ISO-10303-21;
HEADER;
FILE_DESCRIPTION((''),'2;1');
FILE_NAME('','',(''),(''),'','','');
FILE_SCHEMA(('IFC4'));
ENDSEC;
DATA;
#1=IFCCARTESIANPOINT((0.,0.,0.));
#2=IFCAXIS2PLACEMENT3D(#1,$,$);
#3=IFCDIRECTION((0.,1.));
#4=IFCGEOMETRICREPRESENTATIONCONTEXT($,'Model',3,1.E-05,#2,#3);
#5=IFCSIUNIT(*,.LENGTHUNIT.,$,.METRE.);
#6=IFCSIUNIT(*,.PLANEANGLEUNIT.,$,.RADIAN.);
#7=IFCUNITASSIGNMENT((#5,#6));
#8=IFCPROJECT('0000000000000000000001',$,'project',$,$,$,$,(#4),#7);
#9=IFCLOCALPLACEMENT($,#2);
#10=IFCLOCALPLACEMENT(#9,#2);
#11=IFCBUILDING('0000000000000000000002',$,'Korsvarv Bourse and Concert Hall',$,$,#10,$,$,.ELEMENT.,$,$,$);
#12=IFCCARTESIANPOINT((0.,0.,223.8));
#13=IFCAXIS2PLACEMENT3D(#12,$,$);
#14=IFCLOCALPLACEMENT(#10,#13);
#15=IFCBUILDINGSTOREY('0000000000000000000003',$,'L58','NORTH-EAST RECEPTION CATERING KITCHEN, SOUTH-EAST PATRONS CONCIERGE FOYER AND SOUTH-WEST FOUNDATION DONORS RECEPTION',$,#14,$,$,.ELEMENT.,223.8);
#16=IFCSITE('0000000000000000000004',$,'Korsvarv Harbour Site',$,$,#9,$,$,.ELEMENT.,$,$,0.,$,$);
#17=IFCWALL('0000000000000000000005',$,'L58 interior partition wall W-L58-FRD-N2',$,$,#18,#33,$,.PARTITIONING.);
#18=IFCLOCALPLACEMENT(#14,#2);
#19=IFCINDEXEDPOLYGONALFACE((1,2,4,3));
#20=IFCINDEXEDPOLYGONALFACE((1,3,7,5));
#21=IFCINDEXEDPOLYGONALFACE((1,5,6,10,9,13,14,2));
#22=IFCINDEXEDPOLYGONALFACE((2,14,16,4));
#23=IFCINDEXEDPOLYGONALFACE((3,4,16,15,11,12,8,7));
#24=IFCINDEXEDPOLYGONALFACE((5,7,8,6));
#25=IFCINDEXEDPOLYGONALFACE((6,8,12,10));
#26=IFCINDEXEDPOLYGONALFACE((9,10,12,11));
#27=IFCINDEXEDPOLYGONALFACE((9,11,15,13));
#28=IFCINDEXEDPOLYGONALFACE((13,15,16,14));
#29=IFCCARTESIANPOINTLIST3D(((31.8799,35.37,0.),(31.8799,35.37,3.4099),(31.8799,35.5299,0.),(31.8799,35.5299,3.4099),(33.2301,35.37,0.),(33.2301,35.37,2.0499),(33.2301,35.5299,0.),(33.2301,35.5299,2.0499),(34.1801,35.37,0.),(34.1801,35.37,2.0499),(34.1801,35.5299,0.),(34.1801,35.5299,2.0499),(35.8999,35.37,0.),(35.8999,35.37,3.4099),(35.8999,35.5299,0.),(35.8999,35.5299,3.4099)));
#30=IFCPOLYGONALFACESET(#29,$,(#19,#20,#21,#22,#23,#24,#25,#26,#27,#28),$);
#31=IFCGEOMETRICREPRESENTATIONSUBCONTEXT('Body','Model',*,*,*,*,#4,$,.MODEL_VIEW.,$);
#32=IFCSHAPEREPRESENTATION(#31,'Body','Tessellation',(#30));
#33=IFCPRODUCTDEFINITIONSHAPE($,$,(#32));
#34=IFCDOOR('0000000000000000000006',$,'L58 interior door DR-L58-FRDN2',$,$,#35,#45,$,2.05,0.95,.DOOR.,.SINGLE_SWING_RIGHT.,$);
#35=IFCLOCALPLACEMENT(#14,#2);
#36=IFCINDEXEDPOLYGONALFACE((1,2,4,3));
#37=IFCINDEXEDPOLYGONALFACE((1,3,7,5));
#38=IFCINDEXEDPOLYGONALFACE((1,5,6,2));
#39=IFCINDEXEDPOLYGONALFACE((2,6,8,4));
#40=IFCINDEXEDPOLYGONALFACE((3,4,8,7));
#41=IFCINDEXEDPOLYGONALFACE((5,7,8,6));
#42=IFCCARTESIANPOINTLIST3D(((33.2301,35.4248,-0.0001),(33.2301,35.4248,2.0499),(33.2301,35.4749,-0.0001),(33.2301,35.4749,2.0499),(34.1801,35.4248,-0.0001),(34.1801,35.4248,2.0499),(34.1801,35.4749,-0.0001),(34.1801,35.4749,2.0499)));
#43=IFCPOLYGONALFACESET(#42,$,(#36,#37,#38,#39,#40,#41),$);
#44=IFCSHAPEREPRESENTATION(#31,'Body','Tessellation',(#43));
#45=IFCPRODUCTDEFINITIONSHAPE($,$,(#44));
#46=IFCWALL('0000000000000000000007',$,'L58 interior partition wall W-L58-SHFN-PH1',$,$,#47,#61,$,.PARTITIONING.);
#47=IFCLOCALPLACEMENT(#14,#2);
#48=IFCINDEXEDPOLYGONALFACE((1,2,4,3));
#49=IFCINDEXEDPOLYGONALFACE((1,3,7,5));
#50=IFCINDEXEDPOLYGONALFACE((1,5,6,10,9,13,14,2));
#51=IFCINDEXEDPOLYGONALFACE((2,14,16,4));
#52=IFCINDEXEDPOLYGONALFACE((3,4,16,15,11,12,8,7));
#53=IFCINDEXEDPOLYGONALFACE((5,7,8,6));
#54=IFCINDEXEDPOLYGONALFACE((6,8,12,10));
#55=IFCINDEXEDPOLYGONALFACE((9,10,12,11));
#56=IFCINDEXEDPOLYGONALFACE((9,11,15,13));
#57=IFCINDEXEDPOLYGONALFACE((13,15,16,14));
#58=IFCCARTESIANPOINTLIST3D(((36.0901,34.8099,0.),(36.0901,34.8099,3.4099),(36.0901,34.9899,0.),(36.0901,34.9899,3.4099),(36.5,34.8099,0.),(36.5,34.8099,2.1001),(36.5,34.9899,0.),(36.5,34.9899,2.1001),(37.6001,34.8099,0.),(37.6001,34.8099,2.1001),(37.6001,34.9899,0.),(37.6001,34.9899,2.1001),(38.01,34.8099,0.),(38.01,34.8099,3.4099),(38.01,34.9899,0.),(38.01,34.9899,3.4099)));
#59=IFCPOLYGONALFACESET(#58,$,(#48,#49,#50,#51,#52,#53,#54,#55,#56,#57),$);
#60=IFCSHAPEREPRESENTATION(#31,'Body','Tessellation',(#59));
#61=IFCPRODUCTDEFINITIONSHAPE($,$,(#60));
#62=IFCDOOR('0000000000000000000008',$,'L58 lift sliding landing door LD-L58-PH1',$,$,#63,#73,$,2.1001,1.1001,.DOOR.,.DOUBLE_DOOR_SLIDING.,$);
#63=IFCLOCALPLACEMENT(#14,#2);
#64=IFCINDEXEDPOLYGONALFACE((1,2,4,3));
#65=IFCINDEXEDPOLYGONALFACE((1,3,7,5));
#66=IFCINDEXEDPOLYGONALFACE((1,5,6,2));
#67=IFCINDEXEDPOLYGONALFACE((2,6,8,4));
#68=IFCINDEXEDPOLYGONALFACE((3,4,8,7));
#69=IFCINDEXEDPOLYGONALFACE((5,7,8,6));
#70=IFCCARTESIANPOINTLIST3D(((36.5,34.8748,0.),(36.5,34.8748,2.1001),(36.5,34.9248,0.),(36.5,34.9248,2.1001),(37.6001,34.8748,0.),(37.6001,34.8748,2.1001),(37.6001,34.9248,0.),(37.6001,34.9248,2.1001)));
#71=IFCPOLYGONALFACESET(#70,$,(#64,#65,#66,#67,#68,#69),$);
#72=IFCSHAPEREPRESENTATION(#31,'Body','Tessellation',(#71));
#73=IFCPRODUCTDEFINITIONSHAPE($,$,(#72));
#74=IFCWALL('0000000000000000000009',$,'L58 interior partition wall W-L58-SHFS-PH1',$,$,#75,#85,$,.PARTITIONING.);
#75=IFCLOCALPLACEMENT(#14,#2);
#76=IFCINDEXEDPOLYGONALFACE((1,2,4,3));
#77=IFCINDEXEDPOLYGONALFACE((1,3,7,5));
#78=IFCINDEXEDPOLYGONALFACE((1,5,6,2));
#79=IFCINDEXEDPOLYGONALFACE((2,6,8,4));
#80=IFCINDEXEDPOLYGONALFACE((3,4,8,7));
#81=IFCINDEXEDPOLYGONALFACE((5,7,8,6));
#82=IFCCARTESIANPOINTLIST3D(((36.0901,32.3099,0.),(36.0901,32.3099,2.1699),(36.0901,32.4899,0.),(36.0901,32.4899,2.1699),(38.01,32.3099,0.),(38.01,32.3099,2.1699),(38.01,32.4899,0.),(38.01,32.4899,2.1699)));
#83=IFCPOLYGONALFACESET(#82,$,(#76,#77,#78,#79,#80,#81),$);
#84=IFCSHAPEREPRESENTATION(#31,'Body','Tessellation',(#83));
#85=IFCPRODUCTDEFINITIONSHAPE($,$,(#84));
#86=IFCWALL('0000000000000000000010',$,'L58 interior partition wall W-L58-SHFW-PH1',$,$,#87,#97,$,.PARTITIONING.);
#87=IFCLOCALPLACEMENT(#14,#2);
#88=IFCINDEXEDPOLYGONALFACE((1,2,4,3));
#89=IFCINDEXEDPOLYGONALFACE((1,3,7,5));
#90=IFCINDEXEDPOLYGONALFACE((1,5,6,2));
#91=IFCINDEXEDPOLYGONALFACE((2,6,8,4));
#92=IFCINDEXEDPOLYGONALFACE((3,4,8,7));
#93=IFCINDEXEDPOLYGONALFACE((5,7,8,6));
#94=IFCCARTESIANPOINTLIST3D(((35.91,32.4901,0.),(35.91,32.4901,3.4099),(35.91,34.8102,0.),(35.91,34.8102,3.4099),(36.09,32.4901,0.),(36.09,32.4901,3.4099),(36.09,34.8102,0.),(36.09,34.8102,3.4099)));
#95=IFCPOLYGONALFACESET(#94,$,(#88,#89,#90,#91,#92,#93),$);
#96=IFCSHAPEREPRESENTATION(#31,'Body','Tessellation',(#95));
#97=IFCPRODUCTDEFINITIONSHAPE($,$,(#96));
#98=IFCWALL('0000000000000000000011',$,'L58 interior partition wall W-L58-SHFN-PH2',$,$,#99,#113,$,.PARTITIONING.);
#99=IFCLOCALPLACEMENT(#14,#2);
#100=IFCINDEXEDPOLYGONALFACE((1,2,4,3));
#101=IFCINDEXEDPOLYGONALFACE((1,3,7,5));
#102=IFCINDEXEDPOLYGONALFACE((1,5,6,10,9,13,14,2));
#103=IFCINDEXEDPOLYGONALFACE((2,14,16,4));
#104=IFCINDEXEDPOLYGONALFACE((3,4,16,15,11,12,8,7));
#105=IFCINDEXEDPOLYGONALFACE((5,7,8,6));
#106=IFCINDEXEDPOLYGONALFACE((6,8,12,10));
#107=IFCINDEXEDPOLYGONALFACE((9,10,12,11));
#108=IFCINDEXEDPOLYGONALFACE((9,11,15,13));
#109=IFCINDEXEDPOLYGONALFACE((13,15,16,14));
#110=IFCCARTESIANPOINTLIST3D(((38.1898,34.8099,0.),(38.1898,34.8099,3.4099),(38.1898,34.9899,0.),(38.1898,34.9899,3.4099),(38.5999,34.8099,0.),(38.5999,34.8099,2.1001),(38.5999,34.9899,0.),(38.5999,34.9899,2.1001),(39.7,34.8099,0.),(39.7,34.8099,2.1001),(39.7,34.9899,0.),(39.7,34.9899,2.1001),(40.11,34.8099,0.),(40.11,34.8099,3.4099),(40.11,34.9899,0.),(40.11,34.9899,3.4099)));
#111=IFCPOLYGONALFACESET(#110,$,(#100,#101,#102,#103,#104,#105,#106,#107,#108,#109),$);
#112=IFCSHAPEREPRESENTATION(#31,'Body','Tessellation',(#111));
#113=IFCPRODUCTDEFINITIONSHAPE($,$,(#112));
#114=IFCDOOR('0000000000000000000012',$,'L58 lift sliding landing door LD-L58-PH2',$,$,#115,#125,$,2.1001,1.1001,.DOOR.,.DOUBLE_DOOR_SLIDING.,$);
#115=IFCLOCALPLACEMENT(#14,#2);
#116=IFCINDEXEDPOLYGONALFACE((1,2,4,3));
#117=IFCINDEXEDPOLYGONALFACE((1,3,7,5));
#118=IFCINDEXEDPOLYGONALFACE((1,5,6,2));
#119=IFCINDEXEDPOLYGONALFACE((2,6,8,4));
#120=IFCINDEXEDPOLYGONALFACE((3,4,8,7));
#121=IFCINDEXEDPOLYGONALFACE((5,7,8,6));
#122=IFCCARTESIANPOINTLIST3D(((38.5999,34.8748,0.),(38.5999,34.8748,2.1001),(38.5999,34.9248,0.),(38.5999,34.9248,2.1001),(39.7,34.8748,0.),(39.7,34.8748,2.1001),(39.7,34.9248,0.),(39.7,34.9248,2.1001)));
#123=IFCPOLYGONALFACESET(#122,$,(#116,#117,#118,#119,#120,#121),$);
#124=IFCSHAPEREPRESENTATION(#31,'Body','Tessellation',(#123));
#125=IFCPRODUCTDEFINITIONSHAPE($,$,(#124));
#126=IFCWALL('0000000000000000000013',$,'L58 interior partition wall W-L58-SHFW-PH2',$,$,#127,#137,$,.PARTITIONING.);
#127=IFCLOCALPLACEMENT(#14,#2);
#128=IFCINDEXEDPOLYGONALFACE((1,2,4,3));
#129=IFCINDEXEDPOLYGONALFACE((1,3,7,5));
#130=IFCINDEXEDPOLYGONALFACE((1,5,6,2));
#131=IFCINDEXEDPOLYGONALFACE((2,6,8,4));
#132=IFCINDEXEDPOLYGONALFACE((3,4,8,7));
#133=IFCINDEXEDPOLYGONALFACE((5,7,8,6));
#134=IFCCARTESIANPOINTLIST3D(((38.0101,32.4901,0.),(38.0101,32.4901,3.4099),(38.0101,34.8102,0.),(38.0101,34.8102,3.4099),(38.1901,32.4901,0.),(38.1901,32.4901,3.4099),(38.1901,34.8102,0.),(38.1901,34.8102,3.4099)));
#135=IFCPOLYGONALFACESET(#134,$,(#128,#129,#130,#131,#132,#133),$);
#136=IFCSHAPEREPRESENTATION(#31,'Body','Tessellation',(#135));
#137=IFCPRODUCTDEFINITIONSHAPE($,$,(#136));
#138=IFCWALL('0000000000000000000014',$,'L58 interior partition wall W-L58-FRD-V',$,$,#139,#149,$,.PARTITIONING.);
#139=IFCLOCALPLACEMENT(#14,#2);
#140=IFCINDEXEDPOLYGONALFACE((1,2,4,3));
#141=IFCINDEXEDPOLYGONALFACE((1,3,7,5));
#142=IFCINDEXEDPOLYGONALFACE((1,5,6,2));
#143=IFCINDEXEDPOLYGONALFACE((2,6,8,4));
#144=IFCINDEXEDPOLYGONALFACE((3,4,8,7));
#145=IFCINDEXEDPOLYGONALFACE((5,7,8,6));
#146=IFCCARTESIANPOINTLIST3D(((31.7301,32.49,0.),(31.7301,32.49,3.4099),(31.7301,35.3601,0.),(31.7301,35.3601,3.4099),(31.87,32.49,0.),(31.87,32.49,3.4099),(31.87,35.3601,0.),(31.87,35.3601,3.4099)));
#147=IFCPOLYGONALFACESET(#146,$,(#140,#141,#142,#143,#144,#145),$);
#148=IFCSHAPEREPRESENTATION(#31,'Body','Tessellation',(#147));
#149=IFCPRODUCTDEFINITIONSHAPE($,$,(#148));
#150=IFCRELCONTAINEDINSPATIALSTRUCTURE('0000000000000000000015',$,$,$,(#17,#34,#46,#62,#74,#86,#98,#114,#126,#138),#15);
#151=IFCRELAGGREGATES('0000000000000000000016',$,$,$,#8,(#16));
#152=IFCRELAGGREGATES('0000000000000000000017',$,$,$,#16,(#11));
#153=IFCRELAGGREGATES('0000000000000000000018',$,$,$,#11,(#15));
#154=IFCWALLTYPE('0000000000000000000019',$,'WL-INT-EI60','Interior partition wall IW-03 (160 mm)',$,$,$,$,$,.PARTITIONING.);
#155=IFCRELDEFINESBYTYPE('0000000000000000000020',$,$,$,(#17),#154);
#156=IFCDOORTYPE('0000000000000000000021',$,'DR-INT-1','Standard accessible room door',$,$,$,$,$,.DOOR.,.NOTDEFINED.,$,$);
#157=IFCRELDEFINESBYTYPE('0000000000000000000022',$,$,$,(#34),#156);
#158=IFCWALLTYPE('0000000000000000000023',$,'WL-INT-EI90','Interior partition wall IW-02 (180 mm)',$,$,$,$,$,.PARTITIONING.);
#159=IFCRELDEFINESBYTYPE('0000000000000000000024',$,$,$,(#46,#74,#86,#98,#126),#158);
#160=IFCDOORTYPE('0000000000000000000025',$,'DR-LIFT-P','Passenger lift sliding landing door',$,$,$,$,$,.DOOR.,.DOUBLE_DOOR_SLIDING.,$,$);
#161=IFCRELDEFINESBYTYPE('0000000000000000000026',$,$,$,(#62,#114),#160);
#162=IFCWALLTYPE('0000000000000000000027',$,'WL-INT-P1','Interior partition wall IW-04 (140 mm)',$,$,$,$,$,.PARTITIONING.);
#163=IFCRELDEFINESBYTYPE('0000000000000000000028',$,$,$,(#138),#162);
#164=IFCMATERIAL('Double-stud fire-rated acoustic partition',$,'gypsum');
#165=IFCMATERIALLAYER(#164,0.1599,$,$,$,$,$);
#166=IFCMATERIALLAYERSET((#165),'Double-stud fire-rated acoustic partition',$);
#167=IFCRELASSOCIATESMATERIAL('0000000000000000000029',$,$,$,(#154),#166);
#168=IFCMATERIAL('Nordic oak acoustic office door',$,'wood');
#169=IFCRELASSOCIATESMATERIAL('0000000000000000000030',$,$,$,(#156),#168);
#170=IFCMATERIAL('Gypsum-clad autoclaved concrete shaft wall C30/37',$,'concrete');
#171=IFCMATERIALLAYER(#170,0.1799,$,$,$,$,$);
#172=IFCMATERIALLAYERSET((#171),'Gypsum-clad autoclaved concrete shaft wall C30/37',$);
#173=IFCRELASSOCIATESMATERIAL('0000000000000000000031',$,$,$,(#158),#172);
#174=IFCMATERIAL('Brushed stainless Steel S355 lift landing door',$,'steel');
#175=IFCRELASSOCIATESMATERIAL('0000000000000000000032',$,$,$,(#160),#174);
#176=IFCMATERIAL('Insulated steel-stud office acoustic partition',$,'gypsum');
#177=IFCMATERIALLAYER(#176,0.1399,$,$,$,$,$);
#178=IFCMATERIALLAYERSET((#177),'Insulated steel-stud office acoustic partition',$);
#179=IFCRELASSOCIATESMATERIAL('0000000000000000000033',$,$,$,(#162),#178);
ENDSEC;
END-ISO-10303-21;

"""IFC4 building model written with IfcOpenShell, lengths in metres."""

from ifc_helpers import new_model, si_unit, direction, frame, frame_2d, origin, place, context, subcontext, project, spatial, rectangle, extrude, material, layer, layer_set, type_object, element, fill, save


model = new_model("IFC4")

# Units and contexts
model_context = context("Model", 3, precision=1e-05, world=origin(), true_north=direction((0.0, 1.0)))
body_context = subcontext(model_context, "Body", "Model", "MODEL_VIEW")
ifc_project = project(units=[si_unit("LENGTHUNIT", "METRE"), si_unit("PLANEANGLEUNIT", "RADIAN")], contexts=[model_context])

# Site, building, storey
site_placement = place(None, origin())
site = spatial("IfcSite", under=ifc_project, at=site_placement, Name="Korsvarv Harbour Site", CompositionType="ELEMENT", RefElevation=0.0)
building_placement = place(site_placement, origin())
building = spatial("IfcBuilding", under=site, at=building_placement, Name="Korsvarv Bourse and Concert Hall", CompositionType="ELEMENT")
storey_placement = place(building_placement, frame((0.0, 0.0, 223.8)))
storey = spatial("IfcBuildingStorey", under=building, at=storey_placement, Name="L58", Description="NORTH-EAST RECEPTION CATERING KITCHEN, SOUTH-EAST PATRONS CONCIERGE FOYER AND SOUTH-WEST FOUNDATION DONORS RECEPTION", CompositionType="ELEMENT", Elevation=223.8)

# Shared definitions
ifc_material_1 = material(Name="Double-stud fire-rated acoustic partition", Category="gypsum")
ifc_layer_1 = layer(ifc_material_1, 0.1599)
ifc_layer_set_1 = layer_set([ifc_layer_1], Name="Double-stud fire-rated acoustic partition")
wall_type_1 = type_object("IfcWallType", Name="WL-INT-EI60", Description="Interior partition wall IW-03 (160 mm)", PredefinedType="PARTITIONING", material=ifc_layer_set_1)

# Walls, openings, doors
wall_1_placement = place(storey_placement, frame((31.8799, 35.45, 0.0), z_axis=(0.0, 0.0, 1.0), x_axis=(1.0, 0.0, 0.0)))
wall_1 = element("IfcWall", 1, at=wall_1_placement, inside=storey, type_object=wall_type_1, Name="L58 interior partition wall W-L58-FRD-N2", PredefinedType="PARTITIONING", context=body_context, shape_type="SweptSolid", body=[
    extrude(rectangle(XDim=4.02, YDim=0.1599, at=frame_2d((2.01, 0.0))), origin(), (0.0, 0.0, 1.0), 3.4099),
])
opening_1_placement = place(wall_1_placement, frame((1.3501, 0.0, 0.0)))
opening_1 = element("IfcOpeningElement", 2, at=opening_1_placement, cuts=wall_1, PredefinedType="OPENING", context=body_context, shape_type="SweptSolid", body=[
    extrude(rectangle(XDim=0.95, YDim=2.05, at=frame_2d((0.4751, 1.0249))), frame((0.0, 0.0898, 0.0), z_axis=(0.0, -1.0, 0.0), x_axis=(1.0, 0.0, 0.0)), (0.0, 0.0, 1.0), 0.1799),
])
ifc_material_2 = material(Name="Nordic oak acoustic office door", Category="wood")
door_type_1 = type_object("IfcDoorType", Name="DR-INT-1", Description="Standard accessible room door", OperationType="NOTDEFINED", PredefinedType="DOOR", material=ifc_material_2)
door_1_placement = place(opening_1_placement, origin())
door_1 = element("IfcDoor", 3, at=door_1_placement, inside=storey, type_object=door_type_1, Name="L58 interior door DR-L58-FRDN2", OperationType="SINGLE_SWING_RIGHT", OverallHeight=2.05, OverallWidth=0.95, PredefinedType="DOOR", context=body_context, shape_type="SweptSolid", body=[
    extrude(rectangle(XDim=0.95, YDim=2.05, at=frame_2d((0.4751, 1.0249))), frame((0.0, 0.0249, 0.0), z_axis=(0.0, -1.0, 0.0), x_axis=(1.0, 0.0, 0.0)), (0.0, 0.0, 1.0), 0.05),
])
fill(opening_1, door_1)
ifc_material_3 = material(Name="Gypsum-clad autoclaved concrete shaft wall C30/37", Category="concrete")
ifc_layer_2 = layer(ifc_material_3, 0.1799)
ifc_layer_set_2 = layer_set([ifc_layer_2], Name="Gypsum-clad autoclaved concrete shaft wall C30/37")
wall_type_2 = type_object("IfcWallType", Name="WL-INT-EI90", Description="Interior partition wall IW-02 (180 mm)", PredefinedType="PARTITIONING", material=ifc_layer_set_2)
wall_2_placement = place(storey_placement, frame((36.0901, 34.8999, 0.0), z_axis=(0.0, 0.0, 1.0), x_axis=(1.0, 0.0, 0.0)))
wall_2 = element("IfcWall", 4, at=wall_2_placement, inside=storey, type_object=wall_type_2, Name="L58 interior partition wall W-L58-SHFN-PH1", PredefinedType="PARTITIONING", context=body_context, shape_type="SweptSolid", body=[
    extrude(rectangle(XDim=1.9199, YDim=0.1799, at=frame_2d((0.96, 0.0))), origin(), (0.0, 0.0, 1.0), 3.4099),
])
opening_2_placement = place(wall_2_placement, frame((0.4099, 0.0, 0.0)))
opening_2 = element("IfcOpeningElement", 5, at=opening_2_placement, cuts=wall_2, PredefinedType="OPENING", context=body_context, shape_type="SweptSolid", body=[
    extrude(rectangle(XDim=1.1001, YDim=2.1001, at=frame_2d((0.55, 1.05))), frame((0.0, 0.1001, 0.0), z_axis=(0.0, -1.0, 0.0), x_axis=(1.0, 0.0, 0.0)), (0.0, 0.0, 1.0), 0.2),
])
ifc_material_4 = material(Name="Brushed stainless Steel S355 lift landing door", Category="steel")
door_type_2 = type_object("IfcDoorType", Name="DR-LIFT-P", Description="Passenger lift sliding landing door", OperationType="DOUBLE_DOOR_SLIDING", PredefinedType="DOOR", material=ifc_material_4)
door_2_placement = place(opening_2_placement, origin())
door_2 = element("IfcDoor", 6, at=door_2_placement, inside=storey, type_object=door_type_2, Name="L58 lift sliding landing door LD-L58-PH1", OperationType="DOUBLE_DOOR_SLIDING", OverallHeight=2.1001, OverallWidth=1.1001, PredefinedType="DOOR", context=body_context, shape_type="SweptSolid", body=[
    extrude(rectangle(XDim=1.1001, YDim=2.1001, at=frame_2d((0.55, 1.05))), frame((0.0, 0.0249, 0.0), z_axis=(0.0, -1.0, 0.0), x_axis=(1.0, 0.0, 0.0)), (0.0, 0.0, 1.0), 0.05),
])
fill(opening_2, door_2)

# Walls
wall_3_placement = place(storey_placement, frame((36.0901, 32.3999, 0.0), z_axis=(0.0, 0.0, 1.0), x_axis=(1.0, 0.0, 0.0)))
element("IfcWall", 7, at=wall_3_placement, inside=storey, type_object=wall_type_2, Name="L58 interior partition wall W-L58-SHFS-PH1", PredefinedType="PARTITIONING", context=body_context, shape_type="SweptSolid", body=[
    extrude(rectangle(XDim=1.9199, YDim=0.1799, at=frame_2d((0.96, 0.0))), origin(), (0.0, 0.0, 1.0), 2.1699),
])
wall_4_placement = place(storey_placement, frame((36.0, 32.49, 0.0), z_axis=(0.0, 0.0, 1.0), x_axis=(0.0, 1.0, 0.0)))
element("IfcWall", 8, at=wall_4_placement, inside=storey, type_object=wall_type_2, Name="L58 interior partition wall W-L58-SHFW-PH1", PredefinedType="PARTITIONING", context=body_context, shape_type="SweptSolid", body=[
    extrude(rectangle(XDim=2.3201, YDim=0.1799, at=frame_2d((1.1602, 0.0))), origin(), (0.0, 0.0, 1.0), 3.4099),
])

# Wall, opening, door
wall_5_placement = place(storey_placement, frame((38.1899, 34.8999, 0.0), z_axis=(0.0, 0.0, 1.0), x_axis=(1.0, 0.0, 0.0)))
wall_5 = element("IfcWall", 9, at=wall_5_placement, inside=storey, type_object=wall_type_2, Name="L58 interior partition wall W-L58-SHFN-PH2", PredefinedType="PARTITIONING", context=body_context, shape_type="SweptSolid", body=[
    extrude(rectangle(XDim=1.9202, YDim=0.1799, at=frame_2d((0.96, 0.0))), origin(), (0.0, 0.0, 1.0), 3.4099),
])
opening_3_placement = place(wall_5_placement, frame((0.4099, 0.0, 0.0)))
opening_3 = element("IfcOpeningElement", 10, at=opening_3_placement, cuts=wall_5, PredefinedType="OPENING", context=body_context, shape_type="SweptSolid", body=[
    extrude(rectangle(XDim=1.1001, YDim=2.1001, at=frame_2d((0.55, 1.05))), frame((0.0, 0.1001, 0.0), z_axis=(0.0, -1.0, 0.0), x_axis=(1.0, 0.0, 0.0)), (0.0, 0.0, 1.0), 0.2),
])
door_3_placement = place(opening_3_placement, origin())
door_3 = element("IfcDoor", 11, at=door_3_placement, inside=storey, type_object=door_type_2, Name="L58 lift sliding landing door LD-L58-PH2", OperationType="DOUBLE_DOOR_SLIDING", OverallHeight=2.1001, OverallWidth=1.1001, PredefinedType="DOOR", context=body_context, shape_type="SweptSolid", body=[
    extrude(rectangle(XDim=1.1001, YDim=2.1001, at=frame_2d((0.55, 1.05))), frame((0.0, 0.0249, 0.0), z_axis=(0.0, -1.0, 0.0), x_axis=(1.0, 0.0, 0.0)), (0.0, 0.0, 1.0), 0.05),
])
fill(opening_3, door_3)

# Walls
wall_6_placement = place(storey_placement, frame((38.1001, 32.49, 0.0), z_axis=(0.0, 0.0, 1.0), x_axis=(0.0, 1.0, 0.0)))
element("IfcWall", 12, at=wall_6_placement, inside=storey, type_object=wall_type_2, Name="L58 interior partition wall W-L58-SHFW-PH2", PredefinedType="PARTITIONING", context=body_context, shape_type="SweptSolid", body=[
    extrude(rectangle(XDim=2.3201, YDim=0.1799, at=frame_2d((1.1602, 0.0))), origin(), (0.0, 0.0, 1.0), 3.4099),
])
ifc_material_5 = material(Name="Insulated steel-stud office acoustic partition", Category="gypsum")
ifc_layer_3 = layer(ifc_material_5, 0.1399)
ifc_layer_set_3 = layer_set([ifc_layer_3], Name="Insulated steel-stud office acoustic partition")
wall_type_3 = type_object("IfcWallType", Name="WL-INT-P1", Description="Interior partition wall IW-04 (140 mm)", PredefinedType="PARTITIONING", material=ifc_layer_set_3)
wall_7_placement = place(storey_placement, frame((31.8, 32.49, 0.0), z_axis=(0.0, 0.0, 1.0), x_axis=(0.0, 1.0, 0.0)))
element("IfcWall", 13, at=wall_7_placement, inside=storey, type_object=wall_type_3, Name="L58 interior partition wall W-L58-FRD-V", PredefinedType="PARTITIONING", context=body_context, shape_type="SweptSolid", body=[
    extrude(rectangle(XDim=2.8701, YDim=0.1399, at=frame_2d((1.4351, 0.0))), origin(), (0.0, 0.0, 1.0), 3.4099),
])

save(model, "model.ifc")
